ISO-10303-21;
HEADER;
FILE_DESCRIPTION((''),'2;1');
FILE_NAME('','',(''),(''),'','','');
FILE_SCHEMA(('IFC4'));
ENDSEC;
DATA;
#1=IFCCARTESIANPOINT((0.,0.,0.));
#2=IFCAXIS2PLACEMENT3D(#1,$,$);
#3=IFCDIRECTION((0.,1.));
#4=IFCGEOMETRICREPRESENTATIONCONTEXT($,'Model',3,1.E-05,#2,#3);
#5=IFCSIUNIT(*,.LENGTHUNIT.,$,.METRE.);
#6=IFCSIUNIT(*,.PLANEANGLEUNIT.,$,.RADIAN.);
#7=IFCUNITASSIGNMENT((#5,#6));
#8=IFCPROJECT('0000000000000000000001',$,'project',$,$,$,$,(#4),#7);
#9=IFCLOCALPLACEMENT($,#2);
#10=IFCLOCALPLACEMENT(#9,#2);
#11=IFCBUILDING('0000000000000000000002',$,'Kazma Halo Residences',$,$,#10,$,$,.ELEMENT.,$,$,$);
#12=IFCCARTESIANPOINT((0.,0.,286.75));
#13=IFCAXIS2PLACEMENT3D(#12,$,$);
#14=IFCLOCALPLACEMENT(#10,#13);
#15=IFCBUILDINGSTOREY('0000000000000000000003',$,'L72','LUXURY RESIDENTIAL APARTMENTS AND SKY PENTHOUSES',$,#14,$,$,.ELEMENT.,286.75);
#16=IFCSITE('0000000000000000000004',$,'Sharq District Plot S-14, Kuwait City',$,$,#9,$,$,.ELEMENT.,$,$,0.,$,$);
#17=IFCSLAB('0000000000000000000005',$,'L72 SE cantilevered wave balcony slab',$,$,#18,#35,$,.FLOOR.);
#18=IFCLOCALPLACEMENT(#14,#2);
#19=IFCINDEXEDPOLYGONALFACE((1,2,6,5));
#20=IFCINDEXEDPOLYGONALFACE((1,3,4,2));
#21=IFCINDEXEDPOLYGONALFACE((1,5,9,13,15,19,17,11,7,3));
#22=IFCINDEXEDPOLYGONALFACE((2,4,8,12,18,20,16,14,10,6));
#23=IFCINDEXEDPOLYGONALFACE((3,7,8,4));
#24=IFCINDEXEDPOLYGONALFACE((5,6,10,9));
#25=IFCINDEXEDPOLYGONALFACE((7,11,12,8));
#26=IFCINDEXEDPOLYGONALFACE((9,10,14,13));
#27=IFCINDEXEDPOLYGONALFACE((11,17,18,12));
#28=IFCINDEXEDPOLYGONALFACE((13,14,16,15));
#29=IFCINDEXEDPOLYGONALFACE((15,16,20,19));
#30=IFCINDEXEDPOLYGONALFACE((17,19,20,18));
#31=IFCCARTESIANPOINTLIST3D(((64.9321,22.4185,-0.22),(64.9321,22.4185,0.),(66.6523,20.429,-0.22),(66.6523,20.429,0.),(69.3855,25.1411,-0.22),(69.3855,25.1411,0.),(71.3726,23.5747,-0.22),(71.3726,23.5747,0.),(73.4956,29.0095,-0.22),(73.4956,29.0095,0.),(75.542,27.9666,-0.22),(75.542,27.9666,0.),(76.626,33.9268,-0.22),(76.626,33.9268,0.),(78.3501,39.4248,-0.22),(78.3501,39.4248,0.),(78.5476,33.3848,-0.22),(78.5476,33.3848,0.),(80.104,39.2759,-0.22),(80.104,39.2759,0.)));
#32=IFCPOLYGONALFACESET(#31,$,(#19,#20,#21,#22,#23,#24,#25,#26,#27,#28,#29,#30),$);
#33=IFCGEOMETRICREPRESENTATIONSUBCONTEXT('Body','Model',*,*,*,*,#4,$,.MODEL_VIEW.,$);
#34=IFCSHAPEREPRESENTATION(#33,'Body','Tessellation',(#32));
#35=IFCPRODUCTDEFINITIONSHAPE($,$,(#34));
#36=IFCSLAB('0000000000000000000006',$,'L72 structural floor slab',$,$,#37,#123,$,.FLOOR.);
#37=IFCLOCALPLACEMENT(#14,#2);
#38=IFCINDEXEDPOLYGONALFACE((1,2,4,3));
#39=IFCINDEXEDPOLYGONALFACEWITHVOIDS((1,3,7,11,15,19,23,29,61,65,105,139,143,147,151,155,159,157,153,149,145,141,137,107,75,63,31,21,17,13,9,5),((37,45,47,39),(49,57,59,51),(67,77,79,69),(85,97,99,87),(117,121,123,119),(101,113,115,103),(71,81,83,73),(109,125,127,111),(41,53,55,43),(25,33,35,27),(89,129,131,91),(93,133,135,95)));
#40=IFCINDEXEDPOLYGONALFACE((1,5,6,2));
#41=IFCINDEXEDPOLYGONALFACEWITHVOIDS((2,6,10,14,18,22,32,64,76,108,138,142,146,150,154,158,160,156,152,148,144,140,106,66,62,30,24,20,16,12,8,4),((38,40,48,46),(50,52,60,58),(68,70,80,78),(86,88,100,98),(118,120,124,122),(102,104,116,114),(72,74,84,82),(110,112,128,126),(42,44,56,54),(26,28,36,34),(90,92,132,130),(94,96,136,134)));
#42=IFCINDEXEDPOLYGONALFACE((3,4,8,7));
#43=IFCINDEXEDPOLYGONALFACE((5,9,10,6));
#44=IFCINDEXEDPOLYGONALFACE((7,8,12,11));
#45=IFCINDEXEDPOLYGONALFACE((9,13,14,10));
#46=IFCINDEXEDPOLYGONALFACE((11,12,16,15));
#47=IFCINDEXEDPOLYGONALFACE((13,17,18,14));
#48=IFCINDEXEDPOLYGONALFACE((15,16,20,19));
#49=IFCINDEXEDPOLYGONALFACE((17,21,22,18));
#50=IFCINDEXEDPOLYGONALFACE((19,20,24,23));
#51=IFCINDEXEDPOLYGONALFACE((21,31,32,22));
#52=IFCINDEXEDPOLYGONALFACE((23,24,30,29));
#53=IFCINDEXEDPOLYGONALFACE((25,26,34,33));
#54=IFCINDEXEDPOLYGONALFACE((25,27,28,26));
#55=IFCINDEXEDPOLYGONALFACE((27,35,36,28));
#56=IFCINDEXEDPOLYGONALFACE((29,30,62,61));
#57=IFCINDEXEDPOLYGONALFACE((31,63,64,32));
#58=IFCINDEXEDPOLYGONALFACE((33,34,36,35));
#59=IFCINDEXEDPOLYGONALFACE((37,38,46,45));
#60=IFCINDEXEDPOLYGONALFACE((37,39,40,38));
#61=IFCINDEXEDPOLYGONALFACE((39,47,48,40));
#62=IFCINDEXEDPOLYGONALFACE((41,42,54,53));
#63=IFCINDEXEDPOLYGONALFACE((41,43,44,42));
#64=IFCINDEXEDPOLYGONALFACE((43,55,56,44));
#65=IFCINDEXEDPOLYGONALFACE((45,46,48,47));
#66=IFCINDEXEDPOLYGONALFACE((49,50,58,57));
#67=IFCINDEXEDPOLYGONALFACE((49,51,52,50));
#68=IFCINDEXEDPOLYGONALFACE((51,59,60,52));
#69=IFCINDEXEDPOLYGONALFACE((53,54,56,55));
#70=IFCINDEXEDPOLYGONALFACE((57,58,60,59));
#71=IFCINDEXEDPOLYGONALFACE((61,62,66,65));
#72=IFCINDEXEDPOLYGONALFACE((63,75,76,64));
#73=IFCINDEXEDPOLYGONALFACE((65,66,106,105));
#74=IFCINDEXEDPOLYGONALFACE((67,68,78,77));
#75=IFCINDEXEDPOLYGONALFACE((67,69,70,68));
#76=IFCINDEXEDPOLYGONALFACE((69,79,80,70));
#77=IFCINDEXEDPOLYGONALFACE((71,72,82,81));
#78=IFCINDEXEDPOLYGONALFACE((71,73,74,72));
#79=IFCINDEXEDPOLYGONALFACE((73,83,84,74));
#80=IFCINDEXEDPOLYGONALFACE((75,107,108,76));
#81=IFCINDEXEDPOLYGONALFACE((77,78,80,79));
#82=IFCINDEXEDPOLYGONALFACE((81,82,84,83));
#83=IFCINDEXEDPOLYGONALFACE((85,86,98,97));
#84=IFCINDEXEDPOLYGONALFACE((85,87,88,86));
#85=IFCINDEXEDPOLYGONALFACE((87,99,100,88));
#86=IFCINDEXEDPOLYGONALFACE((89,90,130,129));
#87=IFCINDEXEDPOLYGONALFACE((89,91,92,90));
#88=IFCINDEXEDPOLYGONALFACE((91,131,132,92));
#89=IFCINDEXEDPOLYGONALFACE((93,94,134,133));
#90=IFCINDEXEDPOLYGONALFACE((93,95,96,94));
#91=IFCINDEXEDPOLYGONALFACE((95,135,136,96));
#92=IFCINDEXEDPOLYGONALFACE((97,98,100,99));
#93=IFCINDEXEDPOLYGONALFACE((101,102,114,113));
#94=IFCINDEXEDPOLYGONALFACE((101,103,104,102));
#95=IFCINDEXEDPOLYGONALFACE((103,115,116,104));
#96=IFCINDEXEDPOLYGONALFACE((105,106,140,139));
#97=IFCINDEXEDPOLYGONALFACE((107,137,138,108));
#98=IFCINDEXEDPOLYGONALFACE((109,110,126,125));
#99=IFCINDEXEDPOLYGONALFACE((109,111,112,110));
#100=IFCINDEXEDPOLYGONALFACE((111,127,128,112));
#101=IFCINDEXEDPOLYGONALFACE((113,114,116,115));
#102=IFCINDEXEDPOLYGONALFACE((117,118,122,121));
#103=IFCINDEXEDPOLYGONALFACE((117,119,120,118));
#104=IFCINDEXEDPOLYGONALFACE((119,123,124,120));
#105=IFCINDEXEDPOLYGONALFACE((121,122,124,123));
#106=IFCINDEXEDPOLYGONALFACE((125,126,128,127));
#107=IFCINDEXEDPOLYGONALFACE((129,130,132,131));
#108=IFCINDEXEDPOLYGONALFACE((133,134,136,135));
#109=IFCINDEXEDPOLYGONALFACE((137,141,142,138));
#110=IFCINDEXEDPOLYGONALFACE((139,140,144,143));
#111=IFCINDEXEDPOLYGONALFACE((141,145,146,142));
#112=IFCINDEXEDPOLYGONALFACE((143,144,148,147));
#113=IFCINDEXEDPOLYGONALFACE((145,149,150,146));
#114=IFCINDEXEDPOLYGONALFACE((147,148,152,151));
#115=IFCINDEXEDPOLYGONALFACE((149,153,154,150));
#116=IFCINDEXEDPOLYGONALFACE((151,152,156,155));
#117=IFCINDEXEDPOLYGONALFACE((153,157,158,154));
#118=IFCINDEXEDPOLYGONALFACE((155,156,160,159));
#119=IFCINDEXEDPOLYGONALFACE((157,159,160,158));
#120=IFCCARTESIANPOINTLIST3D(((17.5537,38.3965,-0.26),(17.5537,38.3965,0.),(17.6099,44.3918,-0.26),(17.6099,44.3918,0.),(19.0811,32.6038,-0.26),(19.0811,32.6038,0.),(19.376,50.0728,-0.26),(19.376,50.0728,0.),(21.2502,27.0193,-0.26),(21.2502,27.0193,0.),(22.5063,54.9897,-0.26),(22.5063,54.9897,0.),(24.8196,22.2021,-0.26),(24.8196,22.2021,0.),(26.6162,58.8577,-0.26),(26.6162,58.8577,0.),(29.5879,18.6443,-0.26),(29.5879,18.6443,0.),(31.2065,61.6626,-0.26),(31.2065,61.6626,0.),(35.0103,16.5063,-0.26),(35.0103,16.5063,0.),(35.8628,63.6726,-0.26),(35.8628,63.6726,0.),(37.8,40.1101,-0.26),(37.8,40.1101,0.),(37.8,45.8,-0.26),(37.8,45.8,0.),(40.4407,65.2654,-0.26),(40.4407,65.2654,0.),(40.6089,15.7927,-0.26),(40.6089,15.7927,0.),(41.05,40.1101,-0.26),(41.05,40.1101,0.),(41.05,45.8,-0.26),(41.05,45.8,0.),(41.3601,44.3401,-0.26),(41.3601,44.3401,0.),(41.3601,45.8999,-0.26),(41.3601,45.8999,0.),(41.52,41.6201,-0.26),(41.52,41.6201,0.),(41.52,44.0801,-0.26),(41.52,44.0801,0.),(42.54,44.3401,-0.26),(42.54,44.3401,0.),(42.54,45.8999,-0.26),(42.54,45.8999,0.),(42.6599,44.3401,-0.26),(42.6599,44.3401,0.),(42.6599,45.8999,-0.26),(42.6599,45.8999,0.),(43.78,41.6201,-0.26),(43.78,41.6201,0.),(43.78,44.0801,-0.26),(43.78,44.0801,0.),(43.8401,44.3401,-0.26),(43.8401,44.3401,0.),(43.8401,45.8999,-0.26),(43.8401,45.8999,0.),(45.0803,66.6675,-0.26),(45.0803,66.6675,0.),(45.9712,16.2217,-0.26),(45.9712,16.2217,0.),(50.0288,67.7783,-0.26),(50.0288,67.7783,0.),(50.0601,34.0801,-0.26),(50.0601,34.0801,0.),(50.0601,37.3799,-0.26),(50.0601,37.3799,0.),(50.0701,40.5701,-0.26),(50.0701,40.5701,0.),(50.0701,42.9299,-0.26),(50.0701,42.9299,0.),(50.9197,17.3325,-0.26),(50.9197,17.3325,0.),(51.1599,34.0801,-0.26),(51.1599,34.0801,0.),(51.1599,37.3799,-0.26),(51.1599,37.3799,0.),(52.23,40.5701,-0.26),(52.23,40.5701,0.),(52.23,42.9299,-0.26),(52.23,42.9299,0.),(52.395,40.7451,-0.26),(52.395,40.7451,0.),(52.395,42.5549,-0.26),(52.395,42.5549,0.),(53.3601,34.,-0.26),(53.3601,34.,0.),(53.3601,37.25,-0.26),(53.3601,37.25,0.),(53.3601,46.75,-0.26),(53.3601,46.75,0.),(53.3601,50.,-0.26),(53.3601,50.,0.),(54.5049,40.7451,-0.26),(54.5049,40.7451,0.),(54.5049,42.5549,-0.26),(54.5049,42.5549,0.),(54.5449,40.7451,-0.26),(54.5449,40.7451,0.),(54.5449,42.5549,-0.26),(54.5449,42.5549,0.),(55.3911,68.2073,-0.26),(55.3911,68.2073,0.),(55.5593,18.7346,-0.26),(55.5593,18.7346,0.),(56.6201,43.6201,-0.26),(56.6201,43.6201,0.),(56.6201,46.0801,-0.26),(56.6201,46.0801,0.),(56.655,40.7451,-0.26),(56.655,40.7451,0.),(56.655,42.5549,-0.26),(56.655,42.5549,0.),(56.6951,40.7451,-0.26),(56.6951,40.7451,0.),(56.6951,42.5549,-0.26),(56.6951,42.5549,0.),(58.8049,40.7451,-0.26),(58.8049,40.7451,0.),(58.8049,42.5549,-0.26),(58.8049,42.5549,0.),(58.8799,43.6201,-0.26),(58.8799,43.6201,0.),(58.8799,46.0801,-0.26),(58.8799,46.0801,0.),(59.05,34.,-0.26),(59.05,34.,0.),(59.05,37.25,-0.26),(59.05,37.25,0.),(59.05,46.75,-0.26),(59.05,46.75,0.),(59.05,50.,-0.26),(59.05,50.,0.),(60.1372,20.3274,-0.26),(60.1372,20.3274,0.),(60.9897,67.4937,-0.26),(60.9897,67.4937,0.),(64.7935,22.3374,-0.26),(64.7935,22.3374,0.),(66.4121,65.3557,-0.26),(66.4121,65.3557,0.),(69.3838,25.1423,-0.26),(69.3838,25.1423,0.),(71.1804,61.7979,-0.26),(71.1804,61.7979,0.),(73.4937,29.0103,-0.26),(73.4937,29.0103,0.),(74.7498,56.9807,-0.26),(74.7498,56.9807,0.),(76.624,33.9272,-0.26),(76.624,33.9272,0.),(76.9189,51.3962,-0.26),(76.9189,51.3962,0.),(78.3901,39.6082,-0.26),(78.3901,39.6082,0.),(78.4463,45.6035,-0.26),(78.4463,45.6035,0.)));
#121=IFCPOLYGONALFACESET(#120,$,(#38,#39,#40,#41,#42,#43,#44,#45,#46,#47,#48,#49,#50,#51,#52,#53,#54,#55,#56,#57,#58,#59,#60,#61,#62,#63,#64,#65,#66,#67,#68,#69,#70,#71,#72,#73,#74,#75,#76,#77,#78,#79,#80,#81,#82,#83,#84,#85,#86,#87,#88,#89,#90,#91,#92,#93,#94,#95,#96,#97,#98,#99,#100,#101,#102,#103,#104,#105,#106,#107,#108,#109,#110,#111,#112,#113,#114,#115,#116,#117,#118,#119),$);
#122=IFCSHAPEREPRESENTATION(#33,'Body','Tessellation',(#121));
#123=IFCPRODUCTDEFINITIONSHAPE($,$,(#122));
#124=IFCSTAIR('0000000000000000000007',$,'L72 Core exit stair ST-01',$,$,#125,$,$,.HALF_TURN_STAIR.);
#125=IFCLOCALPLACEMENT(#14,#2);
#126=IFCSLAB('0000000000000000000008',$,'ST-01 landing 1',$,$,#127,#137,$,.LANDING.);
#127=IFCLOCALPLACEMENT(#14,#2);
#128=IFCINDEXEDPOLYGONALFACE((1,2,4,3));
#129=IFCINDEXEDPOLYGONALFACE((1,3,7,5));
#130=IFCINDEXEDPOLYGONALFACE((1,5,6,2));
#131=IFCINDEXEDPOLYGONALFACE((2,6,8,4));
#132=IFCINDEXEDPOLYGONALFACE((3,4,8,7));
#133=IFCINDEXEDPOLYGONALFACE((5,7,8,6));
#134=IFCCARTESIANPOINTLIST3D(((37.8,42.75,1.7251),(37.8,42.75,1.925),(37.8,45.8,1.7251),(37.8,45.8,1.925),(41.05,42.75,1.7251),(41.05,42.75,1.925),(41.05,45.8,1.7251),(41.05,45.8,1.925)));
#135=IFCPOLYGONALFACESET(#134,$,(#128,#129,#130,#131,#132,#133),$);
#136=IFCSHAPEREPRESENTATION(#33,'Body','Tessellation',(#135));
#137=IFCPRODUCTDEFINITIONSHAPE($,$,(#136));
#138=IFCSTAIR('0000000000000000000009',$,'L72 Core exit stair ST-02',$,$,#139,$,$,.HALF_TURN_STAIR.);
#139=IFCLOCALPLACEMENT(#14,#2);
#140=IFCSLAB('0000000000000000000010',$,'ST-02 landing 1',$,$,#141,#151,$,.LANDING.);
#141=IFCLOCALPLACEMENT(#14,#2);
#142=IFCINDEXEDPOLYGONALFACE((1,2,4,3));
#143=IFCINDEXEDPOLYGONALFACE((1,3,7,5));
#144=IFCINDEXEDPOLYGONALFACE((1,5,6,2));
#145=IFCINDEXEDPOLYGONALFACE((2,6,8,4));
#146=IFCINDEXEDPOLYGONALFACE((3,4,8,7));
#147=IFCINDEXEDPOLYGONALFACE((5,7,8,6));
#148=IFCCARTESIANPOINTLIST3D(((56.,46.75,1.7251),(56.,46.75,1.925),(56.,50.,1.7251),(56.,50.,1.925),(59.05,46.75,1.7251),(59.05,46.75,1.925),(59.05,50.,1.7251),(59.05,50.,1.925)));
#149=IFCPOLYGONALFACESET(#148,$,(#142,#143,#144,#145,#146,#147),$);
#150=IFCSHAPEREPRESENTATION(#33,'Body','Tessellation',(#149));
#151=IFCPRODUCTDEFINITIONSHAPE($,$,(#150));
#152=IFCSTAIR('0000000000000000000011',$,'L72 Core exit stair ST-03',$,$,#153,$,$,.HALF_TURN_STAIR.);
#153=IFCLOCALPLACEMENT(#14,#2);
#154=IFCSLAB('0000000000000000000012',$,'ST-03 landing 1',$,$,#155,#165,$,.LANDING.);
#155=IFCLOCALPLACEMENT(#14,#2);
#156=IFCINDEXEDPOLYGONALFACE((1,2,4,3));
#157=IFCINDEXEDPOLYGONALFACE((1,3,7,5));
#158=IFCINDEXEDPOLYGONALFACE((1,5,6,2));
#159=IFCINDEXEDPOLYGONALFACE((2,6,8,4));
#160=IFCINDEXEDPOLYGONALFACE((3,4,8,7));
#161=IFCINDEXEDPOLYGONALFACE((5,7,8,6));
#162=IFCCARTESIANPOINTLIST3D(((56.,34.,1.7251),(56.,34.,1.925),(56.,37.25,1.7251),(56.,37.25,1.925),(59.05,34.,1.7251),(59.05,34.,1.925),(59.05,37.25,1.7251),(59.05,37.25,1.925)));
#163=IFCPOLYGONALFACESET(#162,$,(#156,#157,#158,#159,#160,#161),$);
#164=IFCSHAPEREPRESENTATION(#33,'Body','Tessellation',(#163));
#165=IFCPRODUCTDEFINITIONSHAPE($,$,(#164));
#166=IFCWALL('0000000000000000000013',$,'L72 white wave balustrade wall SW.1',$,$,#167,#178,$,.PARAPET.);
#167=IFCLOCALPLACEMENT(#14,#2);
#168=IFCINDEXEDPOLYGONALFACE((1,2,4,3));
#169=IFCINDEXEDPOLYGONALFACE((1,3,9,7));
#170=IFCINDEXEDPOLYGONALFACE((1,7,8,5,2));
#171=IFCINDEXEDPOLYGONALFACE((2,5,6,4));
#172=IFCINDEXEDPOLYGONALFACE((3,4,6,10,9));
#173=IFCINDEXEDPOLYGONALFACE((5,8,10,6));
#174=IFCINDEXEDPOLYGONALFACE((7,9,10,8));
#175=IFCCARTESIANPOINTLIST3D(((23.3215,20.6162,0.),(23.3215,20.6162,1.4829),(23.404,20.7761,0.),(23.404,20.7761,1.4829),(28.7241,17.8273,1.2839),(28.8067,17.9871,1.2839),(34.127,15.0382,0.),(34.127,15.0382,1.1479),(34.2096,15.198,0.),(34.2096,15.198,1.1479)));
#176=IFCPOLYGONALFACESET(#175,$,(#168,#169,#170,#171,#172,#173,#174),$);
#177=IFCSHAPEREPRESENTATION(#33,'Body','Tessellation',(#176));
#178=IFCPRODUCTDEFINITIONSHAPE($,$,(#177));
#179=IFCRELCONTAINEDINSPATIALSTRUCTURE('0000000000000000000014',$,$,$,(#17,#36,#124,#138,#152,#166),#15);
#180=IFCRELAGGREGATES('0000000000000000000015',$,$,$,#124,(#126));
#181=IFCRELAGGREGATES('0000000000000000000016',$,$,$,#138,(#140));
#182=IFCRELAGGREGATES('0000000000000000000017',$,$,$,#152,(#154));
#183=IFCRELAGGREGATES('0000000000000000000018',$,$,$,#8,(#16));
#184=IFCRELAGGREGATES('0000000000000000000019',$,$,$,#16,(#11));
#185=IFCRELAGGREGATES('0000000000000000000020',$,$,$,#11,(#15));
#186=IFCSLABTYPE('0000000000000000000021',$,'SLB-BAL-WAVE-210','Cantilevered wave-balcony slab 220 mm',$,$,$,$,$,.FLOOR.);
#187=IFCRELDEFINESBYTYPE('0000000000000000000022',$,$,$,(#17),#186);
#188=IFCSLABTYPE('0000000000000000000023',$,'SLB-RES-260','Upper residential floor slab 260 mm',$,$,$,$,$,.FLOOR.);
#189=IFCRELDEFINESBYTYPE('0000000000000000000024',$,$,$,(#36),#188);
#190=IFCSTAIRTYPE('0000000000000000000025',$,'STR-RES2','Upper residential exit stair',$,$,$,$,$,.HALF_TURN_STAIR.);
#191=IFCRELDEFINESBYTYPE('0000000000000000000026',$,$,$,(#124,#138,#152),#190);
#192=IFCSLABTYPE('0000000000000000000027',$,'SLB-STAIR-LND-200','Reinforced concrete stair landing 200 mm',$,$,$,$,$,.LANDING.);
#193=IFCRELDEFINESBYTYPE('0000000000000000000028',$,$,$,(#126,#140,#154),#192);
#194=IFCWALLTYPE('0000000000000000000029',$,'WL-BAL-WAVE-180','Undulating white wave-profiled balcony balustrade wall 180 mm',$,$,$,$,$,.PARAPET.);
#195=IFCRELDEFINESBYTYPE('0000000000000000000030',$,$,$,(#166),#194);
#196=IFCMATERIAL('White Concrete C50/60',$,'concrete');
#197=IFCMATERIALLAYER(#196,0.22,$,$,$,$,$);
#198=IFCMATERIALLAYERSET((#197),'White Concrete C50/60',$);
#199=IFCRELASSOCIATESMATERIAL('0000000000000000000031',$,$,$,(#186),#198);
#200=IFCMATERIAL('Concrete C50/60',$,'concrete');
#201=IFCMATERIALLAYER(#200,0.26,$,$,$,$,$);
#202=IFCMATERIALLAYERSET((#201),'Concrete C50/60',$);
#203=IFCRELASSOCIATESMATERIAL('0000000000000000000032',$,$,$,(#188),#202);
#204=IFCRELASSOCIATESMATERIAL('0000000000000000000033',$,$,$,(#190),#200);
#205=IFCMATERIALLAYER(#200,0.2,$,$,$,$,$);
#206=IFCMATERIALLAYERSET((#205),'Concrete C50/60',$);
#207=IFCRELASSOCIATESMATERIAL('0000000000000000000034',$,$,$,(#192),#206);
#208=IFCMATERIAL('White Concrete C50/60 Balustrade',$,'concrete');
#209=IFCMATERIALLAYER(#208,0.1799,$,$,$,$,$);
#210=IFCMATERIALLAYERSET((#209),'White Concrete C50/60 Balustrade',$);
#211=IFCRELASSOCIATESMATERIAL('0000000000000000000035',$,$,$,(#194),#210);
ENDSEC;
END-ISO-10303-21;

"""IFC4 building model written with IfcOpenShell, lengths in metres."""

from ifc_helpers import new_model, si_unit, direction, frame, origin, place, context, subcontext, project, spatial, polyline, outline, extrude, material, layer, layer_set, type_object, element, aggregate, save


model = new_model("IFC4")

# Units and contexts
model_context = context("Model", 3, precision=1e-05, world=origin(), true_north=direction((0.0, 1.0)))
body_context = subcontext(model_context, "Body", "Model", "MODEL_VIEW")
ifc_project = project(units=[si_unit("LENGTHUNIT", "METRE"), si_unit("PLANEANGLEUNIT", "RADIAN")], contexts=[model_context])

# Site, building, storey
site_placement = place(None, origin())
site = spatial("IfcSite", under=ifc_project, at=site_placement, Name="Sharq District Plot S-14, Kuwait City", CompositionType="ELEMENT", RefElevation=0.0)
building_placement = place(site_placement, origin())
building = spatial("IfcBuilding", under=site, at=building_placement, Name="Kazma Halo Residences", CompositionType="ELEMENT")
storey_placement = place(building_placement, frame((0.0, 0.0, 286.75)))
storey = spatial("IfcBuildingStorey", under=building, at=storey_placement, Name="L72", Description="LUXURY RESIDENTIAL APARTMENTS AND SKY PENTHOUSES", CompositionType="ELEMENT", Elevation=286.75)

# Slabs
ifc_material_1 = material(Name="White Concrete C50/60", Category="concrete")
ifc_layer_1 = layer(ifc_material_1, 0.22)
ifc_layer_set_1 = layer_set([ifc_layer_1], Name="White Concrete C50/60")
slab_type_1 = type_object("IfcSlabType", Name="SLB-BAL-WAVE-210", Description="Cantilevered wave-balcony slab 220 mm", PredefinedType="FLOOR", material=ifc_layer_set_1)
slab_1_placement = place(storey_placement, frame((0.0, 0.0, -0.22)))
element("IfcSlab", 1, at=slab_1_placement, inside=storey, type_object=slab_type_1, Name="L72 SE cantilevered wave balcony slab", PredefinedType="FLOOR", context=body_context, shape_type="SweptSolid", body=[
    extrude(outline(polyline([(64.9321, 22.4185), (69.3855, 25.1411), (73.4956, 29.0095), (76.626, 33.9268), (78.3501, 39.4248), (80.104, 39.2759), (78.5476, 33.3848), (75.542, 27.9666), (71.3726, 23.5747), (66.6523, 20.429), (64.9321, 22.4185)])), origin(), (0.0, 0.0, 1.0), 0.22),
])
ifc_material_2 = material(Name="Concrete C50/60", Category="concrete")
ifc_layer_2 = layer(ifc_material_2, 0.26)
ifc_layer_set_2 = layer_set([ifc_layer_2], Name="Concrete C50/60")
slab_type_2 = type_object("IfcSlabType", Name="SLB-RES-260", Description="Upper residential floor slab 260 mm", PredefinedType="FLOOR", material=ifc_layer_set_2)
slab_2_placement = place(storey_placement, frame((0.0, 0.0, -0.26)))
element("IfcSlab", 2, at=slab_2_placement, inside=storey, type_object=slab_type_2, Name="L72 structural floor slab", PredefinedType="FLOOR", context=body_context, shape_type="SweptSolid", body=[
    extrude(outline(polyline([(76.9189, 51.3962), (74.7498, 56.9807), (71.1804, 61.7979), (66.4121, 65.3557), (60.9897, 67.4937), (55.3911, 68.2073), (50.0288, 67.7783), (45.0803, 66.6675), (40.4407, 65.2654), (35.8628, 63.6726), (31.2065, 61.6626), (26.6162, 58.8577), (22.5063, 54.9897), (19.376, 50.0728), (17.6099, 44.3918), (17.5537, 38.3965), (19.0811, 32.6038), (21.2502, 27.0193), (24.8196, 22.2021), (29.5879, 18.6443), (35.0103, 16.5063), (40.6089, 15.7927), (45.9712, 16.2217), (50.9197, 17.3325), (55.5593, 18.7346), (60.1372, 20.3274), (64.7935, 22.3374), (69.3838, 25.1423), (73.4937, 29.0103), (76.624, 33.9272), (78.3901, 39.6082), (78.4463, 45.6035), (76.9189, 51.3962)]), holes=[polyline([(37.8, 40.1101), (41.05, 40.1101), (41.05, 45.8), (37.8, 45.8), (37.8, 40.1101)]), polyline([(53.3601, 46.75), (59.05, 46.75), (59.05, 50.0), (53.3601, 50.0), (53.3601, 46.75)]), polyline([(53.3601, 34.0), (59.05, 34.0), (59.05, 37.25), (53.3601, 37.25), (53.3601, 34.0)]), polyline([(41.52, 41.6201), (43.78, 41.6201), (43.78, 44.0801), (41.52, 44.0801), (41.52, 41.6201)]), polyline([(56.6201, 43.6201), (58.8799, 43.6201), (58.8799, 46.0801), (56.6201, 46.0801), (56.6201, 43.6201)]), polyline([(52.395, 40.7451), (54.5049, 40.7451), (54.5049, 42.5549), (52.395, 42.5549), (52.395, 40.7451)]), polyline([(54.5449, 40.7451), (56.655, 40.7451), (56.655, 42.5549), (54.5449, 42.5549), (54.5449, 40.7451)]), polyline([(56.6951, 40.7451), (58.8049, 40.7451), (58.8049, 42.5549), (56.6951, 42.5549), (56.6951, 40.7451)]), polyline([(50.0701, 40.5701), (52.23, 40.5701), (52.23, 42.9299), (50.0701, 42.9299), (50.0701, 40.5701)]), polyline([(41.3601, 44.3401), (42.54, 44.3401), (42.54, 45.8999), (41.3601, 45.8999), (41.3601, 44.3401)]), polyline([(42.6599, 44.3401), (43.8401, 44.3401), (43.8401, 45.8999), (42.6599, 45.8999), (42.6599, 44.3401)]), polyline([(50.0601, 34.0801), (51.1599, 34.0801), (51.1599, 37.3799), (50.0601, 37.3799), (50.0601, 34.0801)])]), origin(), (0.0, 0.0, 1.0), 0.26),
])

# Stairs, slabs
stair_type = type_object("IfcStairType", Name="STR-RES2", Description="Upper residential exit stair", PredefinedType="HALF_TURN_STAIR", material=ifc_material_2)
stair_1_placement = place(storey_placement, origin())
stair_1 = element("IfcStair", 3, at=stair_1_placement, inside=storey, type_object=stair_type, Name="L72 Core exit stair ST-01", PredefinedType="HALF_TURN_STAIR")
ifc_layer_3 = layer(ifc_material_2, 0.2)
ifc_layer_set_3 = layer_set([ifc_layer_3], Name="Concrete C50/60")
slab_type_3 = type_object("IfcSlabType", Name="SLB-STAIR-LND-200", Description="Reinforced concrete stair landing 200 mm", PredefinedType="LANDING", material=ifc_layer_set_3)
slab_3_placement = place(storey_placement, frame((0.0, 0.0, 1.7251)))
slab_3 = element("IfcSlab", 4, at=slab_3_placement, type_object=slab_type_3, Name="ST-01 landing 1", PredefinedType="LANDING", context=body_context, shape_type="SweptSolid", body=[
    extrude(outline(polyline([(41.05, 42.75), (41.05, 45.8), (37.8, 45.8), (37.8, 42.75), (41.05, 42.75)])), origin(), (0.0, 0.0, 1.0), 0.2),
])
aggregate(stair_1, [slab_3])
stair_2_placement = place(storey_placement, origin())
stair_2 = element("IfcStair", 5, at=stair_2_placement, inside=storey, type_object=stair_type, Name="L72 Core exit stair ST-02", PredefinedType="HALF_TURN_STAIR")
slab_4_placement = place(storey_placement, frame((0.0, 0.0, 1.7251)))
slab_4 = element("IfcSlab", 6, at=slab_4_placement, type_object=slab_type_3, Name="ST-02 landing 1", PredefinedType="LANDING", context=body_context, shape_type="SweptSolid", body=[
    extrude(outline(polyline([(56.0, 46.75), (59.05, 46.75), (59.05, 50.0), (56.0, 50.0), (56.0, 46.75)])), origin(), (0.0, 0.0, 1.0), 0.2),
])
aggregate(stair_2, [slab_4])
stair_3_placement = place(storey_placement, origin())
stair_3 = element("IfcStair", 7, at=stair_3_placement, inside=storey, type_object=stair_type, Name="L72 Core exit stair ST-03", PredefinedType="HALF_TURN_STAIR")
slab_5_placement = place(storey_placement, frame((0.0, 0.0, 1.7251)))
slab_5 = element("IfcSlab", 8, at=slab_5_placement, type_object=slab_type_3, Name="ST-03 landing 1", PredefinedType="LANDING", context=body_context, shape_type="SweptSolid", body=[
    extrude(outline(polyline([(56.0, 34.0), (59.05, 34.0), (59.05, 37.25), (56.0, 37.25), (56.0, 34.0)])), origin(), (0.0, 0.0, 1.0), 0.2),
])
aggregate(stair_3, [slab_5])

# Wall
ifc_material_3 = material(Name="White Concrete C50/60 Balustrade", Category="concrete")
ifc_layer_4 = layer(ifc_material_3, 0.1799)
ifc_layer_set_4 = layer_set([ifc_layer_4], Name="White Concrete C50/60 Balustrade")
wall_type_1 = type_object("IfcWallType", Name="WL-BAL-WAVE-180", Description="Undulating white wave-profiled balcony balustrade wall 180 mm", PredefinedType="PARAPET", material=ifc_layer_set_4)
wall_1_placement = place(storey_placement, frame((23.3628, 20.6963, 0.0), z_axis=(0.0, 0.0, 1.0), x_axis=(0.888587, -0.458708, 0.0)))
element("IfcWall", 9, at=wall_1_placement, inside=storey, type_object=wall_type_1, Name="L72 white wave balustrade wall SW.1", PredefinedType="PARAPET", context=body_context, shape_type="SweptSolid", body=[
    extrude(outline(polyline([(0.0, 0.0), (12.1604, 0.0), (12.1604, 1.1479), (6.0801, 1.2839), (0.0, 1.4829), (0.0, 0.0)])), frame((0.0, 0.0898, 0.0), z_axis=(0.0, -1.0, 0.0), x_axis=(1.0, 0.0, 0.0)), (0.0, 0.0, 1.0), 0.1799),
])

save(model, "model.ifc")
